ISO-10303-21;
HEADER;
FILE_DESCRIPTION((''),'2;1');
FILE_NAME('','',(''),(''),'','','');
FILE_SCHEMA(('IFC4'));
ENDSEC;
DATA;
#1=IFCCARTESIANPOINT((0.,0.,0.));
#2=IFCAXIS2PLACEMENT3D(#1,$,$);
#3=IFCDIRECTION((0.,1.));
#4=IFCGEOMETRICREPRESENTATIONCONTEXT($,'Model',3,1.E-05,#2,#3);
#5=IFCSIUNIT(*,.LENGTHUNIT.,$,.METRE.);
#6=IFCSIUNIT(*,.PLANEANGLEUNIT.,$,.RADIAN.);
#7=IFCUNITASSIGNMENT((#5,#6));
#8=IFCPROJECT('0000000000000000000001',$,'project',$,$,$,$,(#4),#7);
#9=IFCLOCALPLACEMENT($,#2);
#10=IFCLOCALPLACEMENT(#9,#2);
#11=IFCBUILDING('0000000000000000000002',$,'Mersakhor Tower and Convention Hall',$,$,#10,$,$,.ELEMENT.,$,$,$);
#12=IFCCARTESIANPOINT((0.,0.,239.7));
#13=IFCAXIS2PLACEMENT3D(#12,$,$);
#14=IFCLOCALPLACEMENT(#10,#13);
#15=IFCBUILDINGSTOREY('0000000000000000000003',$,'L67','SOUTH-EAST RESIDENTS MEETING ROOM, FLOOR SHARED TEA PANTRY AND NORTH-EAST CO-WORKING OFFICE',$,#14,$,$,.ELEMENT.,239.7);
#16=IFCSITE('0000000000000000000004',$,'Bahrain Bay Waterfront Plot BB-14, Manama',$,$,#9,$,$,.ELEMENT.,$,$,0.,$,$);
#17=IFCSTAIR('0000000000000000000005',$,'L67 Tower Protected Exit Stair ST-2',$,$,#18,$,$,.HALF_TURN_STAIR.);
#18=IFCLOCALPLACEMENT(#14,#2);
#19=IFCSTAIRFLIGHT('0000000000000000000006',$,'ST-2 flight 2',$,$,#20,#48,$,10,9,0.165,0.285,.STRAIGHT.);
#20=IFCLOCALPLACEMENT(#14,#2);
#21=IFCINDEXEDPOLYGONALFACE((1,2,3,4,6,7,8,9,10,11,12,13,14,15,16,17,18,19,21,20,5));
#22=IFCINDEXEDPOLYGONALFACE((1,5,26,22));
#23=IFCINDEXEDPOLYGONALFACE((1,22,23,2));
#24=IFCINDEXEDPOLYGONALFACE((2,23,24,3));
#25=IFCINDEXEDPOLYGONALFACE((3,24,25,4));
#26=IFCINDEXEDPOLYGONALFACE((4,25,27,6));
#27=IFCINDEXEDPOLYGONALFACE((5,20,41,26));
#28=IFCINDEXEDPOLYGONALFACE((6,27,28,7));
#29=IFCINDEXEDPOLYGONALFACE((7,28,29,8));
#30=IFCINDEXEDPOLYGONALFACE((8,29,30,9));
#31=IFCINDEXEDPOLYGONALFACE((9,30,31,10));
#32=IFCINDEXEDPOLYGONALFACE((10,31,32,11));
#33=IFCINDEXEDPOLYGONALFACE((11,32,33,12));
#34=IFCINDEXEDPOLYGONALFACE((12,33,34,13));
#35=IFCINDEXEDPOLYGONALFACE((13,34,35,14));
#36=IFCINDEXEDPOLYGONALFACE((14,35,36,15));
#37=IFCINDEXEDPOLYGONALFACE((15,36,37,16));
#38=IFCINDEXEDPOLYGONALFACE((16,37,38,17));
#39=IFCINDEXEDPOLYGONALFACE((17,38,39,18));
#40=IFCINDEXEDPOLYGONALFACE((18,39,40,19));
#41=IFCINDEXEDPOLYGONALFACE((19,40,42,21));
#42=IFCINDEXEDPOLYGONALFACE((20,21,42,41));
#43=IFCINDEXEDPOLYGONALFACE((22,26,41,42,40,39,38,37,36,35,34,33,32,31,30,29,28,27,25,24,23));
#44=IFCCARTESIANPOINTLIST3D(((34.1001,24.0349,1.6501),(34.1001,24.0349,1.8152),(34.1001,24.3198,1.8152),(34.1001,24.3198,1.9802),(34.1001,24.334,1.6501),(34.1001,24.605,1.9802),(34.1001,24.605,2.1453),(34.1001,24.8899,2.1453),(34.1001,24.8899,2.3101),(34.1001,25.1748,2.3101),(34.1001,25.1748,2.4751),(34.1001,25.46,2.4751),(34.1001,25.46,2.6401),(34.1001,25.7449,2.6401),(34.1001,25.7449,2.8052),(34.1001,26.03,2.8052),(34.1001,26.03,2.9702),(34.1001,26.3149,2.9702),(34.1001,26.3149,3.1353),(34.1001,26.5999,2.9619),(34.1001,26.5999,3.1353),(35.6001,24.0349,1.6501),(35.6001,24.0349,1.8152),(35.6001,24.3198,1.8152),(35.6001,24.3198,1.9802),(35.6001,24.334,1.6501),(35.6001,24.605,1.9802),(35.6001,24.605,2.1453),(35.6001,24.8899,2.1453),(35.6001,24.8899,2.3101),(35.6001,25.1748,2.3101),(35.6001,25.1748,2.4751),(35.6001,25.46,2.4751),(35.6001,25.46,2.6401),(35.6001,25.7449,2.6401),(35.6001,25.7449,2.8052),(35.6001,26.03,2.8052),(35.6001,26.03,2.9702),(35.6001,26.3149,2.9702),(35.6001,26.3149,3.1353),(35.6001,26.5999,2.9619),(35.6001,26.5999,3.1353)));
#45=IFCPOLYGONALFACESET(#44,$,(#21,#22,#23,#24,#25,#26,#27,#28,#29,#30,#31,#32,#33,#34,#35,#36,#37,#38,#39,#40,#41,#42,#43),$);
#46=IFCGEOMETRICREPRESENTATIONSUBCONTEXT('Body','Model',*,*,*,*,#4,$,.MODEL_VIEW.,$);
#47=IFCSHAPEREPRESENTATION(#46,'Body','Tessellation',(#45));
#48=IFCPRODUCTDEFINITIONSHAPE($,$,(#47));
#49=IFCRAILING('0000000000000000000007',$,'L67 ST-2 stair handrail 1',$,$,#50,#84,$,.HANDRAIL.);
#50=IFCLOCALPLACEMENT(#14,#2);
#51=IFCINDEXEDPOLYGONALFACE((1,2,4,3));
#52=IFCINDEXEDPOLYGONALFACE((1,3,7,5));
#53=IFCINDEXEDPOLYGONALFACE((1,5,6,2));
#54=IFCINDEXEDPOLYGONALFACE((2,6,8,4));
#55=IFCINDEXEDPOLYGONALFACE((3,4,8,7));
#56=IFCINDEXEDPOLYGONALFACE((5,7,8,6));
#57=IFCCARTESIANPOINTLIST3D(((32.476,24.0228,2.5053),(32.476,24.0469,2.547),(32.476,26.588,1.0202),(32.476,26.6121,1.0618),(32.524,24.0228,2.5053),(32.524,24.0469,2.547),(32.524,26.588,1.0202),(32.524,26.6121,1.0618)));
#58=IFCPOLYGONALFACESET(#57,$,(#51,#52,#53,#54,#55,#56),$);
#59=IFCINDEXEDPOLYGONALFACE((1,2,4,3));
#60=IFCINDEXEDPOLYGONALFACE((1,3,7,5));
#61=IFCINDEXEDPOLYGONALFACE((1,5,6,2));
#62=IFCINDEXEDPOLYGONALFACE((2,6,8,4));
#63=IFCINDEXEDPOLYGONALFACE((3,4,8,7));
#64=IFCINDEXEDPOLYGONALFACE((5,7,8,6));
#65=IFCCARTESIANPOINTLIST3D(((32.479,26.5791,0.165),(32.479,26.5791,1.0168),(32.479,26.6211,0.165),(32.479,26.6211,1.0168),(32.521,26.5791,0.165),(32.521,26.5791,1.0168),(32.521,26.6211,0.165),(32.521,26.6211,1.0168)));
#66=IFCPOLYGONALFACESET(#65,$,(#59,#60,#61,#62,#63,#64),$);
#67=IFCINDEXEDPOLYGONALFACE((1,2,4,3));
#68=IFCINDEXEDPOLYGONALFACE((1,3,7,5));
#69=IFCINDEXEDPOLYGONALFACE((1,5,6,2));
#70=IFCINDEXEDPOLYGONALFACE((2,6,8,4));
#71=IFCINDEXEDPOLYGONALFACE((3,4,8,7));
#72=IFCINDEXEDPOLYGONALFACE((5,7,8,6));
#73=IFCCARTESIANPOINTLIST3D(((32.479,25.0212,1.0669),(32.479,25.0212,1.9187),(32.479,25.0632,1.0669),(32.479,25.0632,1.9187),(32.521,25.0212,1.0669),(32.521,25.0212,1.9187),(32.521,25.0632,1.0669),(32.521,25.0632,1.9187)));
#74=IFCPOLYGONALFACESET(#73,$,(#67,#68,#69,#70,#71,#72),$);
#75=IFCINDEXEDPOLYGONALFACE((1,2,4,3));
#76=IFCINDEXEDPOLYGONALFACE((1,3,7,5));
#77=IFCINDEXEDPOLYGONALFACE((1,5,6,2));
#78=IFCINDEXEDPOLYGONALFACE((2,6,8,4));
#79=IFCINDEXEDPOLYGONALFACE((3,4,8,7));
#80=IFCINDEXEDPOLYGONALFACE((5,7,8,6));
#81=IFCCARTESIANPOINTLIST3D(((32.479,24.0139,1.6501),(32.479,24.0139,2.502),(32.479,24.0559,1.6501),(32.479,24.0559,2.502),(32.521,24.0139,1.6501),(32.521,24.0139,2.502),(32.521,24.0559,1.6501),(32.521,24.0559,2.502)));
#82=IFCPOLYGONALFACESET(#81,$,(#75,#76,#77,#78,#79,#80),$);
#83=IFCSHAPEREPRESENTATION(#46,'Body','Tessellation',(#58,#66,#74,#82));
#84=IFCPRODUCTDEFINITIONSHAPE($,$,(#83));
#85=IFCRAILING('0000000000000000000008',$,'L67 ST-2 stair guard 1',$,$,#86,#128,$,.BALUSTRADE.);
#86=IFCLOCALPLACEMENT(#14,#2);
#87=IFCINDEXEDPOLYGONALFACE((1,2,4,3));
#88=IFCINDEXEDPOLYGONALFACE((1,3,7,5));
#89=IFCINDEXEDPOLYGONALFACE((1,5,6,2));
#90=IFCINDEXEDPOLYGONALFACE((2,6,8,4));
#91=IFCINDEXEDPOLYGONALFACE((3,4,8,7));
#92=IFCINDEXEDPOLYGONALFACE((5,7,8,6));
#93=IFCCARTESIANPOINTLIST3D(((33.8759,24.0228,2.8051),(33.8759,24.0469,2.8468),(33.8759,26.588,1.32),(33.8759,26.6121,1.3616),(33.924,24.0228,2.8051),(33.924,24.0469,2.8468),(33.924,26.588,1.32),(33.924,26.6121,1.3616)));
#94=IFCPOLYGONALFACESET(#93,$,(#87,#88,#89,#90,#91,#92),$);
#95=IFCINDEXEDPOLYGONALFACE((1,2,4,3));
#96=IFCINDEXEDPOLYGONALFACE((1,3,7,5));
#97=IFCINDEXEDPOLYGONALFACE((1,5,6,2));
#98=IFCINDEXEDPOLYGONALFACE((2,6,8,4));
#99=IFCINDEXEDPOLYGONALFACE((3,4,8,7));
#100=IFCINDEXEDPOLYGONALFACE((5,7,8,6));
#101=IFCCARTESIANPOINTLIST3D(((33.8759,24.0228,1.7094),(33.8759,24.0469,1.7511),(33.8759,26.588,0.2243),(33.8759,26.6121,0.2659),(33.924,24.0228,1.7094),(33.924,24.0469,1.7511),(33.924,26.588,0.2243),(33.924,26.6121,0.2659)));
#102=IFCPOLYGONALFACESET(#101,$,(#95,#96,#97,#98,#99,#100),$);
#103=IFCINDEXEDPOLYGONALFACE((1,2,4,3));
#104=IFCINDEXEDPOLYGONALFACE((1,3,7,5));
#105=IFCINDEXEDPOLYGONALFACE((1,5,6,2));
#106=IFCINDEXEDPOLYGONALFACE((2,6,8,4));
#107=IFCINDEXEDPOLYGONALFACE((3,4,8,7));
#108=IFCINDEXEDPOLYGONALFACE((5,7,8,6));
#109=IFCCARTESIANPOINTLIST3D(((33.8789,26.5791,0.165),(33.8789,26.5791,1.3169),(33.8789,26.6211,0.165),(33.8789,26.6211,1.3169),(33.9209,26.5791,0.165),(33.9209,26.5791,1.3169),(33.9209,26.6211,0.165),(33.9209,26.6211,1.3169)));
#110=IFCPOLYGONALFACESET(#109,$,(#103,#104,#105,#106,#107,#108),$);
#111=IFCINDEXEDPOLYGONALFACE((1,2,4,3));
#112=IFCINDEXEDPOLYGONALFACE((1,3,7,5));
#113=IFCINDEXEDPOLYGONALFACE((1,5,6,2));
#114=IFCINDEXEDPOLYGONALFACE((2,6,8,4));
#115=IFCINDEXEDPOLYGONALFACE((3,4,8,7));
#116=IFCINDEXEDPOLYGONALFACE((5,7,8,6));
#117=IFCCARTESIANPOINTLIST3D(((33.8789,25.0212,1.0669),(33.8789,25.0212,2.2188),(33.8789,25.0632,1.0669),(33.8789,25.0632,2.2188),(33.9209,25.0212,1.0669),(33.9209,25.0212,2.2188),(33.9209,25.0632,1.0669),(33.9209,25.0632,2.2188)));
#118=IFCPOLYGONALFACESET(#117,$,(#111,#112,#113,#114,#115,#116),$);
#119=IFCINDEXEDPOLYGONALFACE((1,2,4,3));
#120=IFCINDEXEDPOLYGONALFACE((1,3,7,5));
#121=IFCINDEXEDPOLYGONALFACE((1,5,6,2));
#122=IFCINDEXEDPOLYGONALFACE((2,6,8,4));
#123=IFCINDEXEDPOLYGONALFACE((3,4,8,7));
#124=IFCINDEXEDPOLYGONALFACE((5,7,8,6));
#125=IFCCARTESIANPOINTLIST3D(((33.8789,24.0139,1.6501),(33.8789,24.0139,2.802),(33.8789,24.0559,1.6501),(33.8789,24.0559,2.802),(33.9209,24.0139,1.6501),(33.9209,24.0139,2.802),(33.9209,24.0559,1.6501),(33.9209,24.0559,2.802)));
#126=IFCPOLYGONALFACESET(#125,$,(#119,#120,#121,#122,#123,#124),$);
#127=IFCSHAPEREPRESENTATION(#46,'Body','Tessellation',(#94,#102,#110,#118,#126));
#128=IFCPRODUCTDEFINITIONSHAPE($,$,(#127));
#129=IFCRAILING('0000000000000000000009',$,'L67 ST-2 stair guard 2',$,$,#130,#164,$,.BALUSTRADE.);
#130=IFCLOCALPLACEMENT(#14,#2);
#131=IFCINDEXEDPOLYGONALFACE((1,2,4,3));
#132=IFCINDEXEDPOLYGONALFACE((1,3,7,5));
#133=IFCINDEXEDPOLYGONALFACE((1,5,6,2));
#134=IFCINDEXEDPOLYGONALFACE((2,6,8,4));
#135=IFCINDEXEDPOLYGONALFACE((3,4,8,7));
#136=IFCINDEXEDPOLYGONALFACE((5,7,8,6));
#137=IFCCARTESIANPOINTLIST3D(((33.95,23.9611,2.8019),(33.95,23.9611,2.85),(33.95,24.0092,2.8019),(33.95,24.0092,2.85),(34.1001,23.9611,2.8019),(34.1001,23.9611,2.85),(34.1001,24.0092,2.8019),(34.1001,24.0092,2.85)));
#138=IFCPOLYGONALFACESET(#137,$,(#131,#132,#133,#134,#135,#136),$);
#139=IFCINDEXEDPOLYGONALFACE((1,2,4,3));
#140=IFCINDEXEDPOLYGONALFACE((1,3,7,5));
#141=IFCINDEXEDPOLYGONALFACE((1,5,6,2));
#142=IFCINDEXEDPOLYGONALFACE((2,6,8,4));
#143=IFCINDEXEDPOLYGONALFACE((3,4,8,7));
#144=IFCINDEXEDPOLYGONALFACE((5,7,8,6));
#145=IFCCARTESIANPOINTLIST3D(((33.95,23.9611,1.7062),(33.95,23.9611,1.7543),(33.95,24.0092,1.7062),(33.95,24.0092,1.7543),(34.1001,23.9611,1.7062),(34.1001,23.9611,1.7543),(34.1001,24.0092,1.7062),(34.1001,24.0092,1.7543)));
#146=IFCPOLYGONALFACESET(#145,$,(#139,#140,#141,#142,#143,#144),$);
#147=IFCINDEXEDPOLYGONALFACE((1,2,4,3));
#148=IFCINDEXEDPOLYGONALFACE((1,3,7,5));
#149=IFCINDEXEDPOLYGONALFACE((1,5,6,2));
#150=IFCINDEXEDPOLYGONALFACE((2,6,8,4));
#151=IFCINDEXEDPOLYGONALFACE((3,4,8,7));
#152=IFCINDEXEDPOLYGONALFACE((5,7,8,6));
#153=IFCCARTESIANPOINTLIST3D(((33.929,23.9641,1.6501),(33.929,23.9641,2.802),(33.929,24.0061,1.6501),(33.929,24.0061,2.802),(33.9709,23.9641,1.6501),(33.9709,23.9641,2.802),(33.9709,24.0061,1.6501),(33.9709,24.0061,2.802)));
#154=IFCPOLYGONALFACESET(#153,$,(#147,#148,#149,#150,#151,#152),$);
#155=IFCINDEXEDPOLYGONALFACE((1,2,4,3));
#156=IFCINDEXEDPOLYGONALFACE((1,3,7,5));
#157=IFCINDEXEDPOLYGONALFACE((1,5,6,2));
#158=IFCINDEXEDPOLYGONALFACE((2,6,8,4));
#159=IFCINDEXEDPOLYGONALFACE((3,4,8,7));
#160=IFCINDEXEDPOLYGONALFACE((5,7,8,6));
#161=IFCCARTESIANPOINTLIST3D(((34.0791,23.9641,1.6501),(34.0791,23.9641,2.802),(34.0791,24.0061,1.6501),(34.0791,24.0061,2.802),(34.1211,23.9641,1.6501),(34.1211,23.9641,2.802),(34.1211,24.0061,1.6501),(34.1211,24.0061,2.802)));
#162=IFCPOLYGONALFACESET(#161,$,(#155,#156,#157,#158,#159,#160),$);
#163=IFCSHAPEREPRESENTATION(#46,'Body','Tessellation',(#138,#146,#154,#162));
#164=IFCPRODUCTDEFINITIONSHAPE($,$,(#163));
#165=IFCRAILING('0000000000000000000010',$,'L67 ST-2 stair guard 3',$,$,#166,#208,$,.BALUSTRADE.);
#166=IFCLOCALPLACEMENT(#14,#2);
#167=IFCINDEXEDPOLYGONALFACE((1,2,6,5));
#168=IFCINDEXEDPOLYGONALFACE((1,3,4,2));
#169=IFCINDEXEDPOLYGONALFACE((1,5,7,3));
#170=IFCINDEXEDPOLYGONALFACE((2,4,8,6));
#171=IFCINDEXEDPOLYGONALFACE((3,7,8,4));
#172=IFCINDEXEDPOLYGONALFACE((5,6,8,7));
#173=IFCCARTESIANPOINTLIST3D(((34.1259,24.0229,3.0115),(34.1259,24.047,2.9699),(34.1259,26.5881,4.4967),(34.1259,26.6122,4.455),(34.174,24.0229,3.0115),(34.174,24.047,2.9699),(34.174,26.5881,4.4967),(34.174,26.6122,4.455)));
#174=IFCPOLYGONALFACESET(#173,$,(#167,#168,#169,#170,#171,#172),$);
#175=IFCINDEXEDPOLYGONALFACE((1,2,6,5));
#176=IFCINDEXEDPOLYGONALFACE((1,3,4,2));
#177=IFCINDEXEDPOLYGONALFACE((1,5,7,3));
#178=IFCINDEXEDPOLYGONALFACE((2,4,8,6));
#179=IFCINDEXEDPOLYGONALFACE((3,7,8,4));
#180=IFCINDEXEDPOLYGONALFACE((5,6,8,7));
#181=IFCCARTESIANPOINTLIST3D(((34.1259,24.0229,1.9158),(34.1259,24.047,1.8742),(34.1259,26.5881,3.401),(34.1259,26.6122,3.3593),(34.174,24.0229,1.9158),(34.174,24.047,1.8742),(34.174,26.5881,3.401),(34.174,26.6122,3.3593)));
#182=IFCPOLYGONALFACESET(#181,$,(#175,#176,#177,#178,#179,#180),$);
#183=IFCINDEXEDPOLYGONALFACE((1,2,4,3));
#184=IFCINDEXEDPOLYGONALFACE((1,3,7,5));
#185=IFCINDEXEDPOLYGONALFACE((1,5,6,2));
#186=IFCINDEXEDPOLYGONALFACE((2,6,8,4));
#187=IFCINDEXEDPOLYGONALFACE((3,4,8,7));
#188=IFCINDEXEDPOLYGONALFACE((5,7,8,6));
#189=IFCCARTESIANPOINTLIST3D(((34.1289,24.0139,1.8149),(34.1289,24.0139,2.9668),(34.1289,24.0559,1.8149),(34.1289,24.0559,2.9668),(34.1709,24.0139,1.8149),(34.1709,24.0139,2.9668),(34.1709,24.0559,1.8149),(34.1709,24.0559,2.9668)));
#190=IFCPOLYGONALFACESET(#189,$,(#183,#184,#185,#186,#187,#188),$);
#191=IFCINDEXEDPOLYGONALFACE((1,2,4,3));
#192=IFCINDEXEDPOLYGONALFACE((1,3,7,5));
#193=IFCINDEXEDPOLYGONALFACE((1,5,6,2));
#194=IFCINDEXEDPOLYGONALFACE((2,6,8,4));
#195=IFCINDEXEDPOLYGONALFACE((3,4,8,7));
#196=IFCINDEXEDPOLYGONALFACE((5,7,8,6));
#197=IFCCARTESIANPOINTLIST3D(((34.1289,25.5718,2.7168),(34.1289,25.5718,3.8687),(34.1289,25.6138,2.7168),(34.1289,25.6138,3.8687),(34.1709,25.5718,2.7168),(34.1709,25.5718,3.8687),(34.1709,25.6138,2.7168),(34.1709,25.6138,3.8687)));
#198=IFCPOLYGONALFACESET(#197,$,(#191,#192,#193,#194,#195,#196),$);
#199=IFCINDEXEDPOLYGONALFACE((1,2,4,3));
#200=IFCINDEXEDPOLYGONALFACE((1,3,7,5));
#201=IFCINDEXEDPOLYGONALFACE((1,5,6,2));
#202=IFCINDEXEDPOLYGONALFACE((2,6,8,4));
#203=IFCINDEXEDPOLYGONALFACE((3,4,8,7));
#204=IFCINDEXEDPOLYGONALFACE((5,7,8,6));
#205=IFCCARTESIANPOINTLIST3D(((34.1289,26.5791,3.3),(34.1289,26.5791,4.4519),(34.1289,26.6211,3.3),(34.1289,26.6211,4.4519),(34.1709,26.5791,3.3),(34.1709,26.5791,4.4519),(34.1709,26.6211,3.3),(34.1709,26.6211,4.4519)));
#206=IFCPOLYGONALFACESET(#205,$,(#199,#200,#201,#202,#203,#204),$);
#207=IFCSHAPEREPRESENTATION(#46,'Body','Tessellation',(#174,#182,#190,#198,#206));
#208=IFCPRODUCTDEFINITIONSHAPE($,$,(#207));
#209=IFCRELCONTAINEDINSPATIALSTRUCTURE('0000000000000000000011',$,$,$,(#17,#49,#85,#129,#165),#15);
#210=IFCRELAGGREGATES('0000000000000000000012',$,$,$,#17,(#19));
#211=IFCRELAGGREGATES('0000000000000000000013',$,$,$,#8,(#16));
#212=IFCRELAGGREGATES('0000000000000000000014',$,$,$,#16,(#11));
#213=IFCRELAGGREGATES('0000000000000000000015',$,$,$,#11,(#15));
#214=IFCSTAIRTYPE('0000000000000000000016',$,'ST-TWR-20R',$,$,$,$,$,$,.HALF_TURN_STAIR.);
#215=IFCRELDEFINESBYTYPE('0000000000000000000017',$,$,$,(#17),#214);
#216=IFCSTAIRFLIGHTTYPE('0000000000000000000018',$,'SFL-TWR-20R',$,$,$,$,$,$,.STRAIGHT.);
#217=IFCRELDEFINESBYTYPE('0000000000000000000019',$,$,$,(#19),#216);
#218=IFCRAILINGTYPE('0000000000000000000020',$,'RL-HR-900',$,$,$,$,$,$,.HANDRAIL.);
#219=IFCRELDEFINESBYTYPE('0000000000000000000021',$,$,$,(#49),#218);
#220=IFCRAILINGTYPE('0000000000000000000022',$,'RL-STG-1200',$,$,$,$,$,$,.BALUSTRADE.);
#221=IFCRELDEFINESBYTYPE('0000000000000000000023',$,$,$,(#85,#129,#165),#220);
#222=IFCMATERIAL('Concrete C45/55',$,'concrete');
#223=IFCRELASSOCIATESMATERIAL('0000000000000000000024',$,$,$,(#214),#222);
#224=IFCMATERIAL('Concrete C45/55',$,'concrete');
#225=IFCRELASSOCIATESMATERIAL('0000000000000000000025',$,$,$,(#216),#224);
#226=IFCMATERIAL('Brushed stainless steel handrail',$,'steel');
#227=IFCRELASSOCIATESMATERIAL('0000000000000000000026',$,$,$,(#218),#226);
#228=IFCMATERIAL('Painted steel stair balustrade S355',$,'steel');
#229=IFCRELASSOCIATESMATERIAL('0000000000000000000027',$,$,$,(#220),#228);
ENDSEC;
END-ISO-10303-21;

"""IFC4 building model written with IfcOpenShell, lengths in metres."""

from ifc_helpers import new_model, si_unit, direction, frame, origin, origin_2d, place, context, subcontext, project, spatial, polyline, rectangle, outline, extrude, material, type_object, element, aggregate, save


model = new_model("IFC4")

# Units and contexts
model_context = context("Model", 3, precision=1e-05, world=origin(), true_north=direction((0.0, 1.0)))
body_context = subcontext(model_context, "Body", "Model", "MODEL_VIEW")
ifc_project = project(units=[si_unit("LENGTHUNIT", "METRE"), si_unit("PLANEANGLEUNIT", "RADIAN")], contexts=[model_context])

# Site, building, storey
site_placement = place(None, origin())
site = spatial("IfcSite", under=ifc_project, at=site_placement, Name="Bahrain Bay Waterfront Plot BB-14, Manama", CompositionType="ELEMENT", RefElevation=0.0)
building_placement = place(site_placement, origin())
building = spatial("IfcBuilding", under=site, at=building_placement, Name="Mersakhor Tower and Convention Hall", CompositionType="ELEMENT")
storey_placement = place(building_placement, frame((0.0, 0.0, 239.7)))
storey = spatial("IfcBuildingStorey", under=building, at=storey_placement, Name="L67", Description="SOUTH-EAST RESIDENTS MEETING ROOM, FLOOR SHARED TEA PANTRY AND NORTH-EAST CO-WORKING OFFICE", CompositionType="ELEMENT", Elevation=239.7)

# Stair, stair flight
ifc_material_1 = material(Name="Concrete C45/55", Category="concrete")
stair_type = type_object("IfcStairType", Name="ST-TWR-20R", PredefinedType="HALF_TURN_STAIR", material=ifc_material_1)
stair_placement = place(storey_placement, origin())
stair = element("IfcStair", 1, at=stair_placement, inside=storey, type_object=stair_type, Name="L67 Tower Protected Exit Stair ST-2", PredefinedType="HALF_TURN_STAIR")
ifc_material_2 = material(Name="Concrete C45/55", Category="concrete")
stair_flight_type = type_object("IfcStairFlightType", Name="SFL-TWR-20R", PredefinedType="STRAIGHT", material=ifc_material_2)
stair_flight_1_placement = place(storey_placement, frame((34.8501, 24.0349, 1.6501), z_axis=(0.0, 0.0, 1.0), x_axis=(0.0, 1.0, 0.0)))
stair_flight_1 = element("IfcStairFlight", 2, at=stair_flight_1_placement, type_object=stair_flight_type, Name="ST-2 flight 2", NumberOfRisers=10, NumberOfTreads=9, PredefinedType="STRAIGHT", RiserHeight=0.165, TreadLength=0.285, context=body_context, shape_type="SweptSolid", body=[
    extrude(outline(polyline([(0.0, 0.0), (0.0, 0.165), (0.2849, 0.165), (0.2849, 0.3301), (0.5701, 0.3301), (0.5701, 0.4951), (0.855, 0.4951), (0.855, 0.6599), (1.1399, 0.6599), (1.1399, 0.825), (1.425, 0.825), (1.425, 0.99), (1.71, 0.99), (1.71, 1.155), (1.9951, 1.155), (1.9951, 1.3201), (2.28, 1.3201), (2.28, 1.4851), (2.5649, 1.4851), (2.5649, 1.6499), (2.5649, 1.3118), (0.2991, 0.0), (0.0, 0.0)])), frame((0.0, 0.75, 0.0), z_axis=(0.0, -1.0, 0.0), x_axis=(1.0, 0.0, 0.0)), (0.0, 0.0, 1.0), 1.5),
])
aggregate(stair, [stair_flight_1])

# Railings
ifc_material_3 = material(Name="Brushed stainless steel handrail", Category="steel")
railing_type_1 = type_object("IfcRailingType", Name="RL-HR-900", PredefinedType="HANDRAIL", material=ifc_material_3)
railing_1_placement = place(storey_placement, frame((32.5, 26.6001, 0.165)))
element("IfcRailing", 3, at=railing_1_placement, inside=storey, type_object=railing_type_1, Name="L67 ST-2 stair handrail 1", PredefinedType="HANDRAIL", context=body_context, shape_type="SweptSolid", body=[
    extrude(rectangle(XDim=0.0481, YDim=0.0481, at=origin_2d()), frame((0.0, 0.0, 0.876), z_axis=(0.0, -0.865426, 0.501036), x_axis=(1.0, 0.0, 0.0)), (0.0, 0.0, 1.0), 2.9641),
    extrude(rectangle(XDim=0.042, YDim=0.042, at=origin_2d()), origin(), (0.0, 0.0, 1.0), 0.8518),
    extrude(rectangle(XDim=0.042, YDim=0.042, at=origin_2d()), frame((0.0, -1.5579, 0.9019)), (0.0, 0.0, 1.0), 0.8518),
    extrude(rectangle(XDim=0.042, YDim=0.042, at=origin_2d()), frame((0.0, -2.5652, 1.4851)), (0.0, 0.0, 1.0), 0.8518),
])
ifc_material_4 = material(Name="Painted steel stair balustrade S355", Category="steel")
railing_type_2 = type_object("IfcRailingType", Name="RL-STG-1200", PredefinedType="BALUSTRADE", material=ifc_material_4)
railing_2_placement = place(storey_placement, frame((33.8999, 26.6001, 0.165)))
element("IfcRailing", 4, at=railing_2_placement, inside=storey, type_object=railing_type_2, Name="L67 ST-2 stair guard 1", PredefinedType="BALUSTRADE", context=body_context, shape_type="SweptSolid", body=[
    extrude(rectangle(XDim=0.0481, YDim=0.0481, at=origin_2d()), frame((0.0, 0.0, 1.1758), z_axis=(0.0, -0.865426, 0.501036), x_axis=(1.0, 0.0, 0.0)), (0.0, 0.0, 1.0), 2.9641),
    extrude(rectangle(XDim=0.0481, YDim=0.0481, at=origin_2d()), frame((0.0, 0.0, 0.0801), z_axis=(0.0, -0.865426, 0.501036), x_axis=(1.0, 0.0, 0.0)), (0.0, 0.0, 1.0), 2.9641),
    extrude(rectangle(XDim=0.042, YDim=0.042, at=origin_2d()), origin(), (0.0, 0.0, 1.0), 1.1519),
    extrude(rectangle(XDim=0.042, YDim=0.042, at=origin_2d()), frame((0.0, -1.5579, 0.9019)), (0.0, 0.0, 1.0), 1.1519),
    extrude(rectangle(XDim=0.042, YDim=0.042, at=origin_2d()), frame((0.0, -2.5652, 1.4851)), (0.0, 0.0, 1.0), 1.1519),
])
railing_3_placement = place(storey_placement, frame((33.95, 23.9851, 1.6501)))
element("IfcRailing", 5, at=railing_3_placement, inside=storey, type_object=railing_type_2, Name="L67 ST-2 stair guard 2", PredefinedType="BALUSTRADE", context=body_context, shape_type="SweptSolid", body=[
    extrude(rectangle(XDim=0.0481, YDim=0.0481, at=origin_2d()), frame((0.0, 0.0, 1.1758), z_axis=(1.0, 0.0, 0.0), x_axis=(0.0, 1.0, 0.0)), (0.0, 0.0, 1.0), 0.1501),
    extrude(rectangle(XDim=0.0481, YDim=0.0481, at=origin_2d()), frame((0.0, 0.0, 0.0801), z_axis=(1.0, 0.0, 0.0), x_axis=(0.0, 1.0, 0.0)), (0.0, 0.0, 1.0), 0.1501),
    extrude(rectangle(XDim=0.042, YDim=0.042, at=origin_2d()), origin(), (0.0, 0.0, 1.0), 1.1519),
    extrude(rectangle(XDim=0.042, YDim=0.042, at=origin_2d()), frame((0.1501, 0.0, 0.0)), (0.0, 0.0, 1.0), 1.1519),
])
railing_4_placement = place(storey_placement, frame((34.1499, 24.0349, 1.8149)))
element("IfcRailing", 6, at=railing_4_placement, inside=storey, type_object=railing_type_2, Name="L67 ST-2 stair guard 3", PredefinedType="BALUSTRADE", context=body_context, shape_type="SweptSolid", body=[
    extrude(rectangle(XDim=0.0481, YDim=0.0481, at=origin_2d()), frame((0.0, 0.0, 1.1758), z_axis=(0.0, 0.865426, 0.501036), x_axis=(-1.0, 0.0, 0.0)), (0.0, 0.0, 1.0), 2.9641),
    extrude(rectangle(XDim=0.0481, YDim=0.0481, at=origin_2d()), frame((0.0, 0.0, 0.0801), z_axis=(0.0, 0.865426, 0.501036), x_axis=(-1.0, 0.0, 0.0)), (0.0, 0.0, 1.0), 2.9641),
    extrude(rectangle(XDim=0.042, YDim=0.042, at=origin_2d()), origin(), (0.0, 0.0, 1.0), 1.1519),
    extrude(rectangle(XDim=0.042, YDim=0.042, at=origin_2d()), frame((0.0, 1.5579, 0.9019)), (0.0, 0.0, 1.0), 1.1519),
    extrude(rectangle(XDim=0.042, YDim=0.042, at=origin_2d()), frame((0.0, 2.5652, 1.4851)), (0.0, 0.0, 1.0), 1.1519),
])

save(model, "model.ifc")
